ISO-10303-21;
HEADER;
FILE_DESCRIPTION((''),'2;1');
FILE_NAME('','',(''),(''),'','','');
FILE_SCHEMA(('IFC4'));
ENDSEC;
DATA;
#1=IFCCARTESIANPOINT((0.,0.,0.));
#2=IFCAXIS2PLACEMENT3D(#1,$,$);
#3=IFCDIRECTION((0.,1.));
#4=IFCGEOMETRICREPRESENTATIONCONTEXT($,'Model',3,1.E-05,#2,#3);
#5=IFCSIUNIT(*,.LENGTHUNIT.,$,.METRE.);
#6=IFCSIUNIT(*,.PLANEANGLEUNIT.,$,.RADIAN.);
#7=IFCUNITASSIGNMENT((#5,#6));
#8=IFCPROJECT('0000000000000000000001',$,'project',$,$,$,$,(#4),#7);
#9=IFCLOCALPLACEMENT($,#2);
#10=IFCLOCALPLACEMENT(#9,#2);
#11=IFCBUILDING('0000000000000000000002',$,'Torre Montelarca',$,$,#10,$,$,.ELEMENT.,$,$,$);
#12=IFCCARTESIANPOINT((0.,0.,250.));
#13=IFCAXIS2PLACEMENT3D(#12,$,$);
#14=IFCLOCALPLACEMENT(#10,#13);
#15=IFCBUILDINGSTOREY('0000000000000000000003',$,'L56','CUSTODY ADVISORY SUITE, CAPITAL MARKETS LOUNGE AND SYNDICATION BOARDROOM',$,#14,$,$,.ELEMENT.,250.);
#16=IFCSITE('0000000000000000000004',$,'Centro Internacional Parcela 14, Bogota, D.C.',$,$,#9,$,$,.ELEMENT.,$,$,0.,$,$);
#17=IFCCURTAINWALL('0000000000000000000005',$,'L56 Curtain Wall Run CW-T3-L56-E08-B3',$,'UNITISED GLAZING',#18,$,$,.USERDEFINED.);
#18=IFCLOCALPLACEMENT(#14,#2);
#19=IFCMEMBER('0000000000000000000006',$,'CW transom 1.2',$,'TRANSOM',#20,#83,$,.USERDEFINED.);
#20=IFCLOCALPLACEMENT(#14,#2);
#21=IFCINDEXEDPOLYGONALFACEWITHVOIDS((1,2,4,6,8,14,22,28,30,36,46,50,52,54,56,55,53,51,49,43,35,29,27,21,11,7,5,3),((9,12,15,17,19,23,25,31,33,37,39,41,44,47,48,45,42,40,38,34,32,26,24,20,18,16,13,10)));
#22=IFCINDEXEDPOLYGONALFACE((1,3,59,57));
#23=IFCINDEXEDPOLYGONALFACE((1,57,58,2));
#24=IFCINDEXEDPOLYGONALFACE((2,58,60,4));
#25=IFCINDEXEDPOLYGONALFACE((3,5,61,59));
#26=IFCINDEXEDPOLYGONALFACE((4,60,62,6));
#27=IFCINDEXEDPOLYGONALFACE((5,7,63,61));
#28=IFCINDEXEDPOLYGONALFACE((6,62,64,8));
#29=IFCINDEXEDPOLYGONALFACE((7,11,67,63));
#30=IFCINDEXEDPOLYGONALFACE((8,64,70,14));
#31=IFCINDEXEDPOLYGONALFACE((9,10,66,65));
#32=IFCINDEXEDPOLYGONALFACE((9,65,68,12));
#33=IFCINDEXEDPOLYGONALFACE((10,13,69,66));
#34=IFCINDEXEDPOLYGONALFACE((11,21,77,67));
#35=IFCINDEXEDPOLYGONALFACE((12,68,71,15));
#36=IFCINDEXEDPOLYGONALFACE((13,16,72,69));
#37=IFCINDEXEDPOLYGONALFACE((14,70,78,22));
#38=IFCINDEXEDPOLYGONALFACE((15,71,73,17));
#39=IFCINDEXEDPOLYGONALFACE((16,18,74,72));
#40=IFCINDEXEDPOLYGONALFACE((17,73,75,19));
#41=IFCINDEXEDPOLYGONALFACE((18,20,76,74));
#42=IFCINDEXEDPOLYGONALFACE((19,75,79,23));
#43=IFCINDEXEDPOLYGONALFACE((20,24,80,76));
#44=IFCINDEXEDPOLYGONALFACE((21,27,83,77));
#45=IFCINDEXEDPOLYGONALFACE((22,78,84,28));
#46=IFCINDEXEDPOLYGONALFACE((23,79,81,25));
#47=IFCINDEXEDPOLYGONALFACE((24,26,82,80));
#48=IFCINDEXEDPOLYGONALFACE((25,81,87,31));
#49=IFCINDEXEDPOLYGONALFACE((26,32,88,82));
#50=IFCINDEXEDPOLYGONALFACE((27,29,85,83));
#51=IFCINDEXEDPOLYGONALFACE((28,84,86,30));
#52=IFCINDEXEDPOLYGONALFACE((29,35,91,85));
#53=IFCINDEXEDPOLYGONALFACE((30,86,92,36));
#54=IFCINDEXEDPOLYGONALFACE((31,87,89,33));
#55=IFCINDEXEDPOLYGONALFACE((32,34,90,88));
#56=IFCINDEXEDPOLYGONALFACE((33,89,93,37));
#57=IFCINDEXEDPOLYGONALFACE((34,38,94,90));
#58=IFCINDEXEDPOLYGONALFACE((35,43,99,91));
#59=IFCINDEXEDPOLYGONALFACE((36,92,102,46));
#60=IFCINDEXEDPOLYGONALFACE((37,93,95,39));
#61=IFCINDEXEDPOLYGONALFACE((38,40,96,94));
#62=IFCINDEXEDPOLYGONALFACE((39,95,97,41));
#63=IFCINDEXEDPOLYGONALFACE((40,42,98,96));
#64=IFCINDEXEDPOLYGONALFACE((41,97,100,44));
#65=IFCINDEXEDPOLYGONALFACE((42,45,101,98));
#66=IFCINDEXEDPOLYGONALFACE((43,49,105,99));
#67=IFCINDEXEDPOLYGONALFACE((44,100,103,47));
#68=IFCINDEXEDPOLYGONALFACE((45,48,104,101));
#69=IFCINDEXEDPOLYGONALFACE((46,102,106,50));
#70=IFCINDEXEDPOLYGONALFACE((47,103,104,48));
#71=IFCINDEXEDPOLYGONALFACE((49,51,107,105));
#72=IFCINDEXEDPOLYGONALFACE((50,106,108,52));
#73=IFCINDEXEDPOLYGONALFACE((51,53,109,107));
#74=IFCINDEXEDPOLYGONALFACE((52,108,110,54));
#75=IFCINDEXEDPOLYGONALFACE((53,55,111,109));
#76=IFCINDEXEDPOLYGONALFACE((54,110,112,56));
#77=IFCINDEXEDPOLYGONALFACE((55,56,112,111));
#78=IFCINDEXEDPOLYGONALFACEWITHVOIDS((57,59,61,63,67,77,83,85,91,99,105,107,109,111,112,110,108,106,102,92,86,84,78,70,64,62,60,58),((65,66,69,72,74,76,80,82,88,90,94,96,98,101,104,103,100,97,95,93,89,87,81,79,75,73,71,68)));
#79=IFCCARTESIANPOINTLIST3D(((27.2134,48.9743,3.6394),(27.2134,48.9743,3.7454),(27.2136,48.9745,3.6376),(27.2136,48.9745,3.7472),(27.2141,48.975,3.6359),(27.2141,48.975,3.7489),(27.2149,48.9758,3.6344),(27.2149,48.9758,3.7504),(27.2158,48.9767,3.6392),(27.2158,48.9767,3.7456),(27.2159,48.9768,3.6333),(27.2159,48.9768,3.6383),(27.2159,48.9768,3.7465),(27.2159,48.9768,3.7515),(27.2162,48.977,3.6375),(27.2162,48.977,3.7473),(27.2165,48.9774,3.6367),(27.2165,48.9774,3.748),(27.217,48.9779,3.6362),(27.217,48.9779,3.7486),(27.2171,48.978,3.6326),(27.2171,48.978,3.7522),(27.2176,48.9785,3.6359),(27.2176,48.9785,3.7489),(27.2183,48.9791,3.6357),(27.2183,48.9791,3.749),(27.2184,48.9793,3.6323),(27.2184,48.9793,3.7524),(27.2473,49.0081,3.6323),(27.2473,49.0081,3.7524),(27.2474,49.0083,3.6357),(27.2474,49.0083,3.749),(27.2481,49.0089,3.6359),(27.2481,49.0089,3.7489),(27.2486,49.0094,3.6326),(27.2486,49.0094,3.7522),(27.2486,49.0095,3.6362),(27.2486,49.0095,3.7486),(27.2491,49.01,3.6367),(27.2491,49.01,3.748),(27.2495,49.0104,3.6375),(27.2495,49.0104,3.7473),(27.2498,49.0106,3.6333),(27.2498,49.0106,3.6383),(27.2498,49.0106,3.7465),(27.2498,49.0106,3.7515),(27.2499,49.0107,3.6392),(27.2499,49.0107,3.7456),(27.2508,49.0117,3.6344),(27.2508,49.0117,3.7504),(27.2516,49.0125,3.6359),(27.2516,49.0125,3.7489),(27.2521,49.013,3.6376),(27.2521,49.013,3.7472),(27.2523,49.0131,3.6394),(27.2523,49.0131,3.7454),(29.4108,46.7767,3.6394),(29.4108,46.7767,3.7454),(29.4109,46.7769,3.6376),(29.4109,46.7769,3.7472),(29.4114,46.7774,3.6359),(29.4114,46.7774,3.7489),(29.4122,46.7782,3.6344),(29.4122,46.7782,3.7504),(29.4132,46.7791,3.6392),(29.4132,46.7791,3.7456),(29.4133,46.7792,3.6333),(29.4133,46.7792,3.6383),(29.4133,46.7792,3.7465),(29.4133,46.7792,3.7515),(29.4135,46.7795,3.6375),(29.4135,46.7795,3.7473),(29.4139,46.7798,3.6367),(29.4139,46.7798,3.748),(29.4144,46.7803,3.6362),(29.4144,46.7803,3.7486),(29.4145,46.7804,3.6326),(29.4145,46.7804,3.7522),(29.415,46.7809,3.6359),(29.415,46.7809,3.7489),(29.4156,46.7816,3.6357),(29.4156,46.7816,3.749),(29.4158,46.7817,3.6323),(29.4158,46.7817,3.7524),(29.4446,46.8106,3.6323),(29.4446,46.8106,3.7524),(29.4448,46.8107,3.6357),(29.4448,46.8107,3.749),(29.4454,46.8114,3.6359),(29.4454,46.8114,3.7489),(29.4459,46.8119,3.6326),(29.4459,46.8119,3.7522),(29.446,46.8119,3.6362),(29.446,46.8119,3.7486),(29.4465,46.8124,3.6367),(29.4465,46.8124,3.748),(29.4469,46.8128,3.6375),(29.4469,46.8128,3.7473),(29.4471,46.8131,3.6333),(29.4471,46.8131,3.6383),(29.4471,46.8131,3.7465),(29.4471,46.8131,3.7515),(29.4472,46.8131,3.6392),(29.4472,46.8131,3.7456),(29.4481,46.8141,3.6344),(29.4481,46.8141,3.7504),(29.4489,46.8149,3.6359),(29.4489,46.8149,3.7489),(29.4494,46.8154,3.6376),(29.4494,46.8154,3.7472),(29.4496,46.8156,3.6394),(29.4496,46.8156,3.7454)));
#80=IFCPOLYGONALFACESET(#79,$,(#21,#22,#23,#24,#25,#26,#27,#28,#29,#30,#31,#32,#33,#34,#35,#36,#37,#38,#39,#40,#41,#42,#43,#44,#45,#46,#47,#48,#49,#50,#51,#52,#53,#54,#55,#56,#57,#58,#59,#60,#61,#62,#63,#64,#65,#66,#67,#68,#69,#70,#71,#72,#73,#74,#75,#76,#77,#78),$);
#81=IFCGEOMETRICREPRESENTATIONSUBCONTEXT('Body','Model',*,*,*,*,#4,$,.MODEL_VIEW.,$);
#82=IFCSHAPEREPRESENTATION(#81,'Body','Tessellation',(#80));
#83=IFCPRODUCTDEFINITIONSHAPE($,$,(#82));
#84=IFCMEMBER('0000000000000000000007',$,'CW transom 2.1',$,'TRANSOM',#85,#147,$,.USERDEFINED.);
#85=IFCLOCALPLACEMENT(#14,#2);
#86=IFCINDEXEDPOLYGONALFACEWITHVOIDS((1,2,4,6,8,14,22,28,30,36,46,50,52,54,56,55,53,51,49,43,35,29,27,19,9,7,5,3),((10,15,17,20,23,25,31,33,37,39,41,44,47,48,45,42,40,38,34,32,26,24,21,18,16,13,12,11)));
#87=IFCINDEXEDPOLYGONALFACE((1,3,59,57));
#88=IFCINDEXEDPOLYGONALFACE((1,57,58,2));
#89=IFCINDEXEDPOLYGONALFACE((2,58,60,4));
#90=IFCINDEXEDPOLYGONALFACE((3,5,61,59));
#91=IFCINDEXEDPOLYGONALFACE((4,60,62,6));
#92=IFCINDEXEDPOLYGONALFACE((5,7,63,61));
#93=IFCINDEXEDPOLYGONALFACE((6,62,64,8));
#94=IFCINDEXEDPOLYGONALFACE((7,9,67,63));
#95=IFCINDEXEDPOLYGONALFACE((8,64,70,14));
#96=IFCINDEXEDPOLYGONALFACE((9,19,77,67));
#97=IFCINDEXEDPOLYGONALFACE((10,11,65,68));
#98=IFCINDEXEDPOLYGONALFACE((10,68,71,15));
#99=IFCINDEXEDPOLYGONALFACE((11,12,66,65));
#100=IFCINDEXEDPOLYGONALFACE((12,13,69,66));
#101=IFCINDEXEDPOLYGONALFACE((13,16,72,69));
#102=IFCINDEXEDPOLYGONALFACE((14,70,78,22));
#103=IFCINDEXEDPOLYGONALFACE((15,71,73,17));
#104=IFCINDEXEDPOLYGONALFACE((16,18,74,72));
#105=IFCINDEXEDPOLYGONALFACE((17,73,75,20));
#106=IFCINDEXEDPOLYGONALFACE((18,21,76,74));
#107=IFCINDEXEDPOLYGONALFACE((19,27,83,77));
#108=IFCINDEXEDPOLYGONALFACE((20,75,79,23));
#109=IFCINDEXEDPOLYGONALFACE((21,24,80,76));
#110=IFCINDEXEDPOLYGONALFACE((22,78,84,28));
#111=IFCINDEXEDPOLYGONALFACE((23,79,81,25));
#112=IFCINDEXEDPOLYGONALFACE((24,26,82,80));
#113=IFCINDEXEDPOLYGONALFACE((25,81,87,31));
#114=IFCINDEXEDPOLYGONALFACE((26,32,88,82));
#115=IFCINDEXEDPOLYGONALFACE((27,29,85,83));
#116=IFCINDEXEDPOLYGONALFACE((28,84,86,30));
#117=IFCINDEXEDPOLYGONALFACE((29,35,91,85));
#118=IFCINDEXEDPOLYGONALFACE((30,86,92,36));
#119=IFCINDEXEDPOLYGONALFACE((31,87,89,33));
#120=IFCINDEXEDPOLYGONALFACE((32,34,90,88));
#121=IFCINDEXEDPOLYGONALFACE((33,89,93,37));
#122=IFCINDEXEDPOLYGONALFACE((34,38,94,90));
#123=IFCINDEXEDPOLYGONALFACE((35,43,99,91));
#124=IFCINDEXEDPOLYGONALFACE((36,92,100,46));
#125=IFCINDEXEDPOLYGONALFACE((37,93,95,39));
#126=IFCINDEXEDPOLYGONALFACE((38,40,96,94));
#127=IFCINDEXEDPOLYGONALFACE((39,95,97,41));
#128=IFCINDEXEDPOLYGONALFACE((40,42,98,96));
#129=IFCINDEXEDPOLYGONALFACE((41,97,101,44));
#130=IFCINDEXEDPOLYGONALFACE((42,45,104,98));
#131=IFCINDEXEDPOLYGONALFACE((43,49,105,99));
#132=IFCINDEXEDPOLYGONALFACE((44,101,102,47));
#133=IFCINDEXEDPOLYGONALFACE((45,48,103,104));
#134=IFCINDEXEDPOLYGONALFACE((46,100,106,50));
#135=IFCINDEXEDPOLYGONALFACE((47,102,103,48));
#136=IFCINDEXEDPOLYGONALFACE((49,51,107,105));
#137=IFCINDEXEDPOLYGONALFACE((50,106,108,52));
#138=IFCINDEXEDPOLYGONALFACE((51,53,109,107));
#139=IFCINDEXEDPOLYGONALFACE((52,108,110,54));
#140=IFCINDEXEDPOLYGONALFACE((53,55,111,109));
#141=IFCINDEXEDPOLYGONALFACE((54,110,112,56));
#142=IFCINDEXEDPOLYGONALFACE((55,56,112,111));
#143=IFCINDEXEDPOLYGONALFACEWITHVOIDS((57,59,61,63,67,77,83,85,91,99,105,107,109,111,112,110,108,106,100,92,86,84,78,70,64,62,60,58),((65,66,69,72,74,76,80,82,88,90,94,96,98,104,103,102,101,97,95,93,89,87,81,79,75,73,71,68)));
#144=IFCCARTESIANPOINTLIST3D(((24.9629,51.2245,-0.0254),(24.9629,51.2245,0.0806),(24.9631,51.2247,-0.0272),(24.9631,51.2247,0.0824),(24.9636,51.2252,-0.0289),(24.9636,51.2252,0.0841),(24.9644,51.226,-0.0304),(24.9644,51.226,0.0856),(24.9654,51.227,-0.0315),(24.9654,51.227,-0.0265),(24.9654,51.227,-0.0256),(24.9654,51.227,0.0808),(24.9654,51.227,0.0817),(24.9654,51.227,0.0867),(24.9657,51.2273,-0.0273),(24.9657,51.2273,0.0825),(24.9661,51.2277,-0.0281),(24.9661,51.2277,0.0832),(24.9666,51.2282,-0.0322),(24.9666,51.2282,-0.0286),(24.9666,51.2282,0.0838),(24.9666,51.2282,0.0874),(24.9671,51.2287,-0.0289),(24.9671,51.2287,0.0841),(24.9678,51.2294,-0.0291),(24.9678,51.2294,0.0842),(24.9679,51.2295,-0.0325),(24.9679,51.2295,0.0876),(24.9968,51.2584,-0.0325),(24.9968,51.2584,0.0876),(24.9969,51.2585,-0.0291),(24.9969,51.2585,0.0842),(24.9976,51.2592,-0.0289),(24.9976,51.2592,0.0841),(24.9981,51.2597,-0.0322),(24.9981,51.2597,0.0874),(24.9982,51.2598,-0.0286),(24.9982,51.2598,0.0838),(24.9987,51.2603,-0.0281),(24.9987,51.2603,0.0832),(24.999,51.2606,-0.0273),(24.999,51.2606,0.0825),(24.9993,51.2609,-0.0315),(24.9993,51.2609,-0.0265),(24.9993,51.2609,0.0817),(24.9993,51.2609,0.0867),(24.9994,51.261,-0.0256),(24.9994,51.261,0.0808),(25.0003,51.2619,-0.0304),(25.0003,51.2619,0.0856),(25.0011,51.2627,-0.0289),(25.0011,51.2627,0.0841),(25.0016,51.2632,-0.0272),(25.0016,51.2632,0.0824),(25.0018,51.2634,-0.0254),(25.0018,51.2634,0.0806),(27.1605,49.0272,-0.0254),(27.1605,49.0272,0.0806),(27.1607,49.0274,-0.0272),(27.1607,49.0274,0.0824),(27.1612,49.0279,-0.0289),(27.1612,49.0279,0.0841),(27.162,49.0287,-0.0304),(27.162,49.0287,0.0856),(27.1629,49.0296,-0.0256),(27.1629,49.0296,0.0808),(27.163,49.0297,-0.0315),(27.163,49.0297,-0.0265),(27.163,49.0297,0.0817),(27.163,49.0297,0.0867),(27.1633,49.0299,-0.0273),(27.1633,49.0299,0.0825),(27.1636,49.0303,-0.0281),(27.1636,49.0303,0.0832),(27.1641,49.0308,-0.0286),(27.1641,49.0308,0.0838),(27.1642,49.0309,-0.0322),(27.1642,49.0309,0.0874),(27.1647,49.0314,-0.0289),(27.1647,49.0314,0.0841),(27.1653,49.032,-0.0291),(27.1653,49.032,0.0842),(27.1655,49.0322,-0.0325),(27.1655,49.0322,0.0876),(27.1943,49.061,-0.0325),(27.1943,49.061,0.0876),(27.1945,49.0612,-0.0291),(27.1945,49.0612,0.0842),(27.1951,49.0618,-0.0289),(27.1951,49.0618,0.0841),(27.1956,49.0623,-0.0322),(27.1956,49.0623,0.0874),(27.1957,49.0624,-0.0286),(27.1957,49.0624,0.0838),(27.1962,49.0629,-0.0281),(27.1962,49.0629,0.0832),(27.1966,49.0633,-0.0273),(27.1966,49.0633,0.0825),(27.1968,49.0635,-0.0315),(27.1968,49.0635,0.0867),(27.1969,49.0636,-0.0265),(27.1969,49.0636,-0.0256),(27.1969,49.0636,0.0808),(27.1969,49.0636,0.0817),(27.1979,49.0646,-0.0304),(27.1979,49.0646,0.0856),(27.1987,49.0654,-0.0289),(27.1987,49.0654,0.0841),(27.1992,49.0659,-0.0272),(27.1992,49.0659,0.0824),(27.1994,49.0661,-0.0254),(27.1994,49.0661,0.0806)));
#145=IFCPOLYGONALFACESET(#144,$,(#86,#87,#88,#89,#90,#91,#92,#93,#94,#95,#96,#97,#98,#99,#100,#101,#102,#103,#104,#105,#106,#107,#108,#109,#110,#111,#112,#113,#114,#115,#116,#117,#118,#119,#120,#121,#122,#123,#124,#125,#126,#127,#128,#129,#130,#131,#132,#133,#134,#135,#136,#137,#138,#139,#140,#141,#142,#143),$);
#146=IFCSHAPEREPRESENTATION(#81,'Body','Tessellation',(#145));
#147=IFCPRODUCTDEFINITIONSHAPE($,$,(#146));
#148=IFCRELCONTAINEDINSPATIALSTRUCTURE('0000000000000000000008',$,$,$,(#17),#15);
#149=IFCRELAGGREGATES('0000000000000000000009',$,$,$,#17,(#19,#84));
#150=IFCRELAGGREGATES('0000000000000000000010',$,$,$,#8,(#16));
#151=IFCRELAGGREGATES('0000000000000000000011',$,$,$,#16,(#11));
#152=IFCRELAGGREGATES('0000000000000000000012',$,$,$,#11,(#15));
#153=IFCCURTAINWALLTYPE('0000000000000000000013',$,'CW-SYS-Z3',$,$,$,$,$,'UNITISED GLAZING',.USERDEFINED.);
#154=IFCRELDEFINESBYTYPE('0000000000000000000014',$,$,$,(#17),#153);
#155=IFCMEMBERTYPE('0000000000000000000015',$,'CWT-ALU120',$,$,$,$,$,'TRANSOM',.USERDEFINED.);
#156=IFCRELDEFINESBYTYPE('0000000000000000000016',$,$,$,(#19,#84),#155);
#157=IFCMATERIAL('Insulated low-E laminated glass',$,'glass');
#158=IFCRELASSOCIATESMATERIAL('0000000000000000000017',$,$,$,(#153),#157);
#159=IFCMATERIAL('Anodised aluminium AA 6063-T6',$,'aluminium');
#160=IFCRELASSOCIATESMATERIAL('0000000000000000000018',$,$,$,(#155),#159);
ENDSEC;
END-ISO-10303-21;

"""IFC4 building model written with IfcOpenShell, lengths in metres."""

from ifc_helpers import new_model, si_unit, direction, frame, origin, origin_2d, place, context, subcontext, project, spatial, hollow_rectangle, extrude, source, transform, mapped, material, material_profile, profile_set, type_object, element, aggregate, save


model = new_model("IFC4")

# Units and contexts
model_context = context("Model", 3, precision=1e-05, world=origin(), true_north=direction((0.0, 1.0)))
body_context = subcontext(model_context, "Body", "Model", "MODEL_VIEW")
ifc_project = project(units=[si_unit("LENGTHUNIT", "METRE"), si_unit("PLANEANGLEUNIT", "RADIAN")], contexts=[model_context])

# Site, building, storey
site_placement = place(None, origin())
site = spatial("IfcSite", under=ifc_project, at=site_placement, Name="Centro Internacional Parcela 14, Bogota, D.C.", CompositionType="ELEMENT", RefElevation=0.0)
building_placement = place(site_placement, origin())
building = spatial("IfcBuilding", under=site, at=building_placement, Name="Torre Montelarca", CompositionType="ELEMENT")
storey_placement = place(building_placement, frame((0.0, 0.0, 250.0)))
storey = spatial("IfcBuildingStorey", under=building, at=storey_placement, Name="L56", Description="CUSTODY ADVISORY SUITE, CAPITAL MARKETS LOUNGE AND SYNDICATION BOARDROOM", CompositionType="ELEMENT", Elevation=250.0)

# Curtain wall
ifc_material_1 = material(Name="Insulated low-E laminated glass", Category="glass")
curtain_wall_type = type_object("IfcCurtainWallType", Name="CW-SYS-Z3", ElementType="UNITISED GLAZING", PredefinedType="USERDEFINED", material=ifc_material_1)
ifc_material_2 = material(Name="Anodised aluminium AA 6063-T6", Category="aluminium")
curtain_wall_1_placement = place(storey_placement, origin())
curtain_wall_1 = element("IfcCurtainWall", 1, at=curtain_wall_1_placement, inside=storey, type_object=curtain_wall_type, Name="L56 Curtain Wall Run CW-T3-L56-E08-B3", ObjectType="UNITISED GLAZING", PredefinedType="USERDEFINED")

# Members
ifc_material_profile_1 = material_profile(ifc_material_2, hollow_rectangle(XDim=0.0549, YDim=0.1201, WallThickness=0.0034, InnerFilletRadius=0.0034, OuterFilletRadius=0.0071, at=origin_2d()), Name="ALU55X120X3.5", Category="aluminium")
ifc_profile_set_1 = profile_set([ifc_material_profile_1], Name="Anodised aluminium AA 6063-T6")
member_type_1 = type_object("IfcMemberType", Name="CWT-ALU120", ElementType="TRANSOM", PredefinedType="USERDEFINED", material=ifc_profile_set_1)
shared_shape_1 = source(origin(), body_context, "Body", "SweptSolid", [
    extrude(hollow_rectangle(XDim=0.0549, YDim=0.1201, WallThickness=0.0034, InnerFilletRadius=0.0034, OuterFilletRadius=0.0071, at=origin_2d()), origin(), (0.0, 0.0, 1.0), 3.1077),
])
member_1_placement = place(storey_placement, frame((29.4302, 46.7961, 3.6924), z_axis=(-0.707067, 0.707146, 0.0), x_axis=(-0.707146, -0.707067, 0.0)))
member_1 = element("IfcMember", 2, at=member_1_placement, type_object=member_type_1, Name="CW transom 1.2", ObjectType="TRANSOM", PredefinedType="USERDEFINED", context=body_context, shape_type="MappedRepresentation", body=[
    mapped(shared_shape_1, transform((0.0, 0.0, 0.0), scale=1.0)),
])
member_2_placement = place(storey_placement, frame((27.1799, 49.0466, 0.0276), z_axis=(-0.707146, 0.707067, 0.0), x_axis=(-0.707067, -0.707146, 0.0)))
member_2 = element("IfcMember", 3, at=member_2_placement, type_object=member_type_1, Name="CW transom 2.1", ObjectType="TRANSOM", PredefinedType="USERDEFINED", context=body_context, shape_type="MappedRepresentation", body=[
    mapped(shared_shape_1, transform((0.0, 0.0, 0.0), scale=1.0)),
])

aggregate(curtain_wall_1, [member_1, member_2])

save(model, "model.ifc")
